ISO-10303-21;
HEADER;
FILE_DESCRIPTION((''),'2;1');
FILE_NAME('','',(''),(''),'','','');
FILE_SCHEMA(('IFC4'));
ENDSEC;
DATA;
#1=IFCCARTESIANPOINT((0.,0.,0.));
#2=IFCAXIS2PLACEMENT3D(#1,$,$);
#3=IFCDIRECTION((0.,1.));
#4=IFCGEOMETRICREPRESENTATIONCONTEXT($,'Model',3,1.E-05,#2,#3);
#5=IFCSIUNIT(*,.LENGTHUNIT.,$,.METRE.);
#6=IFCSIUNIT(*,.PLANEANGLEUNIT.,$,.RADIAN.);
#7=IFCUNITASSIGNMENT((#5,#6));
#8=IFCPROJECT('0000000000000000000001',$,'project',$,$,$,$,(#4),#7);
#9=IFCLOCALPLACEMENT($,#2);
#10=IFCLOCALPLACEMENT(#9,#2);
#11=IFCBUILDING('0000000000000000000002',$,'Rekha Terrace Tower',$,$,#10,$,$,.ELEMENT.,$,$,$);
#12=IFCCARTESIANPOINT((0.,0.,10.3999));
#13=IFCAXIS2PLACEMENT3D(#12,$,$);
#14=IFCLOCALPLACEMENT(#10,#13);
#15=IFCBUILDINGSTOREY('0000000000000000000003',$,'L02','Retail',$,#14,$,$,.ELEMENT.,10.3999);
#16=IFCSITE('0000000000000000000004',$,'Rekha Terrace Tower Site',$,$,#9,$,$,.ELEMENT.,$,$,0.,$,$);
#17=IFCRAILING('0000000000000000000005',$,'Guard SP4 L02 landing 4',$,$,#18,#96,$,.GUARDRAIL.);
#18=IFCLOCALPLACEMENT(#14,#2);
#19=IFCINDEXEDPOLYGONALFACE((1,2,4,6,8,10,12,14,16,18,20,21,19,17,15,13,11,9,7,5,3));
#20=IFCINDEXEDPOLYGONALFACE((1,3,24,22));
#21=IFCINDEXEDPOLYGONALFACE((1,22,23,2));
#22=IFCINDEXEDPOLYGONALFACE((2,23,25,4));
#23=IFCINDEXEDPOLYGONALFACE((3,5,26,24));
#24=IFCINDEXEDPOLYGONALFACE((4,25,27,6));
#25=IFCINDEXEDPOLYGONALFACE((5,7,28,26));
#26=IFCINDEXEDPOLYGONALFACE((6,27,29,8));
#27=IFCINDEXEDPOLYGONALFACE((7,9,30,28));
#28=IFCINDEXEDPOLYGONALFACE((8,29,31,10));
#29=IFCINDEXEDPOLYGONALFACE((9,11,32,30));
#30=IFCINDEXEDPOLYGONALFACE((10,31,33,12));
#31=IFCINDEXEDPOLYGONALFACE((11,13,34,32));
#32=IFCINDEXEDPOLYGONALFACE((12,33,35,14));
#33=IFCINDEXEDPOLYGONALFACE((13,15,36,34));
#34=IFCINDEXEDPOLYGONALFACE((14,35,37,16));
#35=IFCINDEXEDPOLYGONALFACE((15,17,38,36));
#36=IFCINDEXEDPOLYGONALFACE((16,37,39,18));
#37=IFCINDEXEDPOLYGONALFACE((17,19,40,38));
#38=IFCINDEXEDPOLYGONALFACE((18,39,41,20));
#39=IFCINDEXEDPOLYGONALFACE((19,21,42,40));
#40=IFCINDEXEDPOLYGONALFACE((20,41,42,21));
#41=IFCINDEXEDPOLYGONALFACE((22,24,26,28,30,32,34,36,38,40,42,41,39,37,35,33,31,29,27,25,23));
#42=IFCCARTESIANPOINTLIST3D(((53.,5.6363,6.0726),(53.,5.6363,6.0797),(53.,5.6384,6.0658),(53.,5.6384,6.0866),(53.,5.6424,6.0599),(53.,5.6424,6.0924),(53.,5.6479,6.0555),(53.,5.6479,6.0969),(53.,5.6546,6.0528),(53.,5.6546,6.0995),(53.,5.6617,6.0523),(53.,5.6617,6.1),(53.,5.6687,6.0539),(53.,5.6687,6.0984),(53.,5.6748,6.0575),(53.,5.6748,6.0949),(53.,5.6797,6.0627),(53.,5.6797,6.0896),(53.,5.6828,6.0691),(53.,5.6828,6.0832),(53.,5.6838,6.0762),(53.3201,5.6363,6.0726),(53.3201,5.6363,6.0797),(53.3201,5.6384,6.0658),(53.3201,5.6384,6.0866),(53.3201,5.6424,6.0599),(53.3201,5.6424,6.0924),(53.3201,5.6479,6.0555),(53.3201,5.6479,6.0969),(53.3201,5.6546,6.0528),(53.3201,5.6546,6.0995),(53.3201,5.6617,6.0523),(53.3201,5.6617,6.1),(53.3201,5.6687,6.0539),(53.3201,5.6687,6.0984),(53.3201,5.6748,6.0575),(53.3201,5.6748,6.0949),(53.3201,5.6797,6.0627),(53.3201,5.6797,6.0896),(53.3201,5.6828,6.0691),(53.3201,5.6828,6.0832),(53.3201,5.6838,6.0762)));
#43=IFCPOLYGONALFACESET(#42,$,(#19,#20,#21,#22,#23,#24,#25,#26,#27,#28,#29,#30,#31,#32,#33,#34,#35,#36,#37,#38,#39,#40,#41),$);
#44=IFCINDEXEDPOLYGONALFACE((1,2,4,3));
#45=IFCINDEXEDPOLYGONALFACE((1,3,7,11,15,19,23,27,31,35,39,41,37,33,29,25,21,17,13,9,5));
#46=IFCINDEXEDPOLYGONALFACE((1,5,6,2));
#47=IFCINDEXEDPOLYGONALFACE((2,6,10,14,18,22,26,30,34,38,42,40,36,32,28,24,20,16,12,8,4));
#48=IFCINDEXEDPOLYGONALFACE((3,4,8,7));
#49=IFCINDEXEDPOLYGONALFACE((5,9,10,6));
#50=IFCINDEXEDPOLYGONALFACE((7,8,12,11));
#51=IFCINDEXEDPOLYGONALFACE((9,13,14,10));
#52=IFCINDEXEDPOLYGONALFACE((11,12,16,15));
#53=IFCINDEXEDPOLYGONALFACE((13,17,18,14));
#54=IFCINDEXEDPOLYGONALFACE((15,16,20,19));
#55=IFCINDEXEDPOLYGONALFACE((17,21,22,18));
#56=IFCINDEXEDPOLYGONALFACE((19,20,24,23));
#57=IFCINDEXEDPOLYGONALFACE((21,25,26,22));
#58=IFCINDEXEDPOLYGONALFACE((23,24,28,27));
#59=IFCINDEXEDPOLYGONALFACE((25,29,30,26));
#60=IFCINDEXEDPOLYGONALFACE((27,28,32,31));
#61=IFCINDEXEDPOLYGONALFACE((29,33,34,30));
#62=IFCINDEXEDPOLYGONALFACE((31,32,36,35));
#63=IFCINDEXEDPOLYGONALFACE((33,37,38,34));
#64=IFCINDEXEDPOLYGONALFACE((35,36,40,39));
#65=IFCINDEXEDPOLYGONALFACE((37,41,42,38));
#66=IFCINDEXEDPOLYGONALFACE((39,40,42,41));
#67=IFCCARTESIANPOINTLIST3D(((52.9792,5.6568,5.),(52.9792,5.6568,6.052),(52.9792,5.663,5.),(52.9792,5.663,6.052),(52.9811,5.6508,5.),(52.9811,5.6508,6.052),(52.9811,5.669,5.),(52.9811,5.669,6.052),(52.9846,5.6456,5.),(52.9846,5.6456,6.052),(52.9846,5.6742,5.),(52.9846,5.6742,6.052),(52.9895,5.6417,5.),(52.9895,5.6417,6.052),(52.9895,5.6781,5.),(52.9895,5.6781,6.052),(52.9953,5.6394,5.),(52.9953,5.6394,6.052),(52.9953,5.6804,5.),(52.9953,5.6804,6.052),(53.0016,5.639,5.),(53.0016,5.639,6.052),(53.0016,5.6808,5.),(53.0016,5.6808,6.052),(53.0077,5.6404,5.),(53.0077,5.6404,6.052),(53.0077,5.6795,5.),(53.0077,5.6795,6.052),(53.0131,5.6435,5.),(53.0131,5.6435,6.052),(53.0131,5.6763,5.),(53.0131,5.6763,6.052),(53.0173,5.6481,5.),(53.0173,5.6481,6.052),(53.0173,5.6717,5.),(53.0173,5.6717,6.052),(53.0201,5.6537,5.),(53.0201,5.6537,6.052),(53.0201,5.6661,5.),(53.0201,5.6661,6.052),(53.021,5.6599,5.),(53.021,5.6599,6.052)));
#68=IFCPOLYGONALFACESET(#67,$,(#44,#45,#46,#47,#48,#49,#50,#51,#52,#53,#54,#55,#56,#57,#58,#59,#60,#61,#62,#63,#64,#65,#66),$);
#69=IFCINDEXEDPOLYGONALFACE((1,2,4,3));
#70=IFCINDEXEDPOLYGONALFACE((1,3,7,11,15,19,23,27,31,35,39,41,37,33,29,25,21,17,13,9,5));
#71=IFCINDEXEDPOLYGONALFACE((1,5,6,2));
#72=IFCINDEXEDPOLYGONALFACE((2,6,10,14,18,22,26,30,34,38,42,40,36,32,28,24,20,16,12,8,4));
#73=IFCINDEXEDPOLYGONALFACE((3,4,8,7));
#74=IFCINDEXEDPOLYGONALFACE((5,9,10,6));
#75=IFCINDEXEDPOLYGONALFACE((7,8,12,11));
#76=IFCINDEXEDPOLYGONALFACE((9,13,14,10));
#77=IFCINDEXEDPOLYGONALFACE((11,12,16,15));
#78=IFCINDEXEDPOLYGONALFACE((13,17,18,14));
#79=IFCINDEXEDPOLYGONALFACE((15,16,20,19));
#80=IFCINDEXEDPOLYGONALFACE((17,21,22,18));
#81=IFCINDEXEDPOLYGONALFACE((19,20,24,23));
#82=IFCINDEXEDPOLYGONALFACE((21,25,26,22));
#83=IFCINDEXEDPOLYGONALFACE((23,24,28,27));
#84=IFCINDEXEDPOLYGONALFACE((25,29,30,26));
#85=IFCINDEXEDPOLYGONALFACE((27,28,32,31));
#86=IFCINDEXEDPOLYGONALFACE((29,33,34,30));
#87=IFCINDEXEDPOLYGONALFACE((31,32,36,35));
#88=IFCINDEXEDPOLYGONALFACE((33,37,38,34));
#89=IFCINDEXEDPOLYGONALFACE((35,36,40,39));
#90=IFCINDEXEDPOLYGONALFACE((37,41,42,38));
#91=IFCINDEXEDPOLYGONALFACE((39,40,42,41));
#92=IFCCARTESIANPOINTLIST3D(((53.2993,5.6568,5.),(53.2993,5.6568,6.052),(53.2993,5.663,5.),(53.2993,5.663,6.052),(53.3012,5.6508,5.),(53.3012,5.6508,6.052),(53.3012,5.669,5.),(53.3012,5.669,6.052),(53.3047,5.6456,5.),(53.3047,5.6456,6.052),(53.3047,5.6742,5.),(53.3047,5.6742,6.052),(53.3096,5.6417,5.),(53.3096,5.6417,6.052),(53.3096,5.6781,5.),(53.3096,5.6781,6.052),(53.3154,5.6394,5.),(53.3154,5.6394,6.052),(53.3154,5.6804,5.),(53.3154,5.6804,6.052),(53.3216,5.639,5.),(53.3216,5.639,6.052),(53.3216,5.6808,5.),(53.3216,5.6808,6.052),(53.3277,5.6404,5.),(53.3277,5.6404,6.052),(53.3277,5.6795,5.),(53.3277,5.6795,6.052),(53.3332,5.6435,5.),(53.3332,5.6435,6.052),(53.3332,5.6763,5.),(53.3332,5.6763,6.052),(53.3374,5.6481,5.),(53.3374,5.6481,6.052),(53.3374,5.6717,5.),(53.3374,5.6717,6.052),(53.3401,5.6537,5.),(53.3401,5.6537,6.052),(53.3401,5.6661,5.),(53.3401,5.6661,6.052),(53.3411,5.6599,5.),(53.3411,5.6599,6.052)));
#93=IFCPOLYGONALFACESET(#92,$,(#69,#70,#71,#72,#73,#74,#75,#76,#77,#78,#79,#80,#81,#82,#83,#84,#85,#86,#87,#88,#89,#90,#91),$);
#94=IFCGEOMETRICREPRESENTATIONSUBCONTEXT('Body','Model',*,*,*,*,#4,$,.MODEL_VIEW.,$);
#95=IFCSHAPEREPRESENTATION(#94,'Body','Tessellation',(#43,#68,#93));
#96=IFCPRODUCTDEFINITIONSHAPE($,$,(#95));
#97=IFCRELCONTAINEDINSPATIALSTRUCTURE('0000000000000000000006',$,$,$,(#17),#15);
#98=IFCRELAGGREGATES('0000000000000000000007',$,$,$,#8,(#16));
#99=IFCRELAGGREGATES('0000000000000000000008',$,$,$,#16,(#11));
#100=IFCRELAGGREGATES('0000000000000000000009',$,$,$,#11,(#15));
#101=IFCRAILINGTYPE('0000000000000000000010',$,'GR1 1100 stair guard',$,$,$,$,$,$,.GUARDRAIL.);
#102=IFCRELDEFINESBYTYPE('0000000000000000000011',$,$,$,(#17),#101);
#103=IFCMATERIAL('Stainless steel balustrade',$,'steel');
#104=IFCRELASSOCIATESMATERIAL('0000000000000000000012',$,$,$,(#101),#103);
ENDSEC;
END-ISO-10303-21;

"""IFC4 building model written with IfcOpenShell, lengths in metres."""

from ifc_helpers import new_model, si_unit, direction, frame, origin, origin_2d, place, context, subcontext, project, spatial, circle, extrude, material, type_object, element, save


model = new_model("IFC4")

# Units and contexts
model_context = context("Model", 3, precision=1e-05, world=origin(), true_north=direction((0.0, 1.0)))
body_context = subcontext(model_context, "Body", "Model", "MODEL_VIEW")
ifc_project = project(units=[si_unit("LENGTHUNIT", "METRE"), si_unit("PLANEANGLEUNIT", "RADIAN")], contexts=[model_context])

# Site, building, storey
site_placement = place(None, origin())
site = spatial("IfcSite", under=ifc_project, at=site_placement, Name="Rekha Terrace Tower Site", CompositionType="ELEMENT", RefElevation=0.0)
building_placement = place(site_placement, origin())
building = spatial("IfcBuilding", under=site, at=building_placement, Name="Rekha Terrace Tower", CompositionType="ELEMENT")
storey_placement = place(building_placement, frame((0.0, 0.0, 10.3999)))
storey = spatial("IfcBuildingStorey", under=building, at=storey_placement, Name="L02", Description="Retail", CompositionType="ELEMENT", Elevation=10.3999)

# Railing
ifc_material_1 = material(Name="Stainless steel balustrade", Category="steel")
railing_type_1 = type_object("IfcRailingType", Name="GR1 1100 stair guard", PredefinedType="GUARDRAIL", material=ifc_material_1)
for number, where, name in (
    (1, (53.0, 5.6599, 5.0), "Guard SP4 L02 landing 4"),
):
    element("IfcRailing", number, at=place(storey_placement, frame(where)), inside=storey, type_object=railing_type_1, Name=name, PredefinedType="GUARDRAIL", context=body_context, shape_type="SweptSolid", body=[
        extrude(circle(Radius=0.0239, at=origin_2d()), frame((0.0, 0.0, 1.0762), z_axis=(1.0, 0.0, 0.0), x_axis=(0.0, 1.0, 0.0)), (0.0, 0.0, 1.0), 0.3201),
        extrude(circle(Radius=0.021, at=origin_2d()), origin(), (0.0, 0.0, 1.0), 1.052),
        extrude(circle(Radius=0.021, at=origin_2d()), frame((0.3201, 0.0, 0.0)), (0.0, 0.0, 1.0), 1.052),
    ])

save(model, "model.ifc")
